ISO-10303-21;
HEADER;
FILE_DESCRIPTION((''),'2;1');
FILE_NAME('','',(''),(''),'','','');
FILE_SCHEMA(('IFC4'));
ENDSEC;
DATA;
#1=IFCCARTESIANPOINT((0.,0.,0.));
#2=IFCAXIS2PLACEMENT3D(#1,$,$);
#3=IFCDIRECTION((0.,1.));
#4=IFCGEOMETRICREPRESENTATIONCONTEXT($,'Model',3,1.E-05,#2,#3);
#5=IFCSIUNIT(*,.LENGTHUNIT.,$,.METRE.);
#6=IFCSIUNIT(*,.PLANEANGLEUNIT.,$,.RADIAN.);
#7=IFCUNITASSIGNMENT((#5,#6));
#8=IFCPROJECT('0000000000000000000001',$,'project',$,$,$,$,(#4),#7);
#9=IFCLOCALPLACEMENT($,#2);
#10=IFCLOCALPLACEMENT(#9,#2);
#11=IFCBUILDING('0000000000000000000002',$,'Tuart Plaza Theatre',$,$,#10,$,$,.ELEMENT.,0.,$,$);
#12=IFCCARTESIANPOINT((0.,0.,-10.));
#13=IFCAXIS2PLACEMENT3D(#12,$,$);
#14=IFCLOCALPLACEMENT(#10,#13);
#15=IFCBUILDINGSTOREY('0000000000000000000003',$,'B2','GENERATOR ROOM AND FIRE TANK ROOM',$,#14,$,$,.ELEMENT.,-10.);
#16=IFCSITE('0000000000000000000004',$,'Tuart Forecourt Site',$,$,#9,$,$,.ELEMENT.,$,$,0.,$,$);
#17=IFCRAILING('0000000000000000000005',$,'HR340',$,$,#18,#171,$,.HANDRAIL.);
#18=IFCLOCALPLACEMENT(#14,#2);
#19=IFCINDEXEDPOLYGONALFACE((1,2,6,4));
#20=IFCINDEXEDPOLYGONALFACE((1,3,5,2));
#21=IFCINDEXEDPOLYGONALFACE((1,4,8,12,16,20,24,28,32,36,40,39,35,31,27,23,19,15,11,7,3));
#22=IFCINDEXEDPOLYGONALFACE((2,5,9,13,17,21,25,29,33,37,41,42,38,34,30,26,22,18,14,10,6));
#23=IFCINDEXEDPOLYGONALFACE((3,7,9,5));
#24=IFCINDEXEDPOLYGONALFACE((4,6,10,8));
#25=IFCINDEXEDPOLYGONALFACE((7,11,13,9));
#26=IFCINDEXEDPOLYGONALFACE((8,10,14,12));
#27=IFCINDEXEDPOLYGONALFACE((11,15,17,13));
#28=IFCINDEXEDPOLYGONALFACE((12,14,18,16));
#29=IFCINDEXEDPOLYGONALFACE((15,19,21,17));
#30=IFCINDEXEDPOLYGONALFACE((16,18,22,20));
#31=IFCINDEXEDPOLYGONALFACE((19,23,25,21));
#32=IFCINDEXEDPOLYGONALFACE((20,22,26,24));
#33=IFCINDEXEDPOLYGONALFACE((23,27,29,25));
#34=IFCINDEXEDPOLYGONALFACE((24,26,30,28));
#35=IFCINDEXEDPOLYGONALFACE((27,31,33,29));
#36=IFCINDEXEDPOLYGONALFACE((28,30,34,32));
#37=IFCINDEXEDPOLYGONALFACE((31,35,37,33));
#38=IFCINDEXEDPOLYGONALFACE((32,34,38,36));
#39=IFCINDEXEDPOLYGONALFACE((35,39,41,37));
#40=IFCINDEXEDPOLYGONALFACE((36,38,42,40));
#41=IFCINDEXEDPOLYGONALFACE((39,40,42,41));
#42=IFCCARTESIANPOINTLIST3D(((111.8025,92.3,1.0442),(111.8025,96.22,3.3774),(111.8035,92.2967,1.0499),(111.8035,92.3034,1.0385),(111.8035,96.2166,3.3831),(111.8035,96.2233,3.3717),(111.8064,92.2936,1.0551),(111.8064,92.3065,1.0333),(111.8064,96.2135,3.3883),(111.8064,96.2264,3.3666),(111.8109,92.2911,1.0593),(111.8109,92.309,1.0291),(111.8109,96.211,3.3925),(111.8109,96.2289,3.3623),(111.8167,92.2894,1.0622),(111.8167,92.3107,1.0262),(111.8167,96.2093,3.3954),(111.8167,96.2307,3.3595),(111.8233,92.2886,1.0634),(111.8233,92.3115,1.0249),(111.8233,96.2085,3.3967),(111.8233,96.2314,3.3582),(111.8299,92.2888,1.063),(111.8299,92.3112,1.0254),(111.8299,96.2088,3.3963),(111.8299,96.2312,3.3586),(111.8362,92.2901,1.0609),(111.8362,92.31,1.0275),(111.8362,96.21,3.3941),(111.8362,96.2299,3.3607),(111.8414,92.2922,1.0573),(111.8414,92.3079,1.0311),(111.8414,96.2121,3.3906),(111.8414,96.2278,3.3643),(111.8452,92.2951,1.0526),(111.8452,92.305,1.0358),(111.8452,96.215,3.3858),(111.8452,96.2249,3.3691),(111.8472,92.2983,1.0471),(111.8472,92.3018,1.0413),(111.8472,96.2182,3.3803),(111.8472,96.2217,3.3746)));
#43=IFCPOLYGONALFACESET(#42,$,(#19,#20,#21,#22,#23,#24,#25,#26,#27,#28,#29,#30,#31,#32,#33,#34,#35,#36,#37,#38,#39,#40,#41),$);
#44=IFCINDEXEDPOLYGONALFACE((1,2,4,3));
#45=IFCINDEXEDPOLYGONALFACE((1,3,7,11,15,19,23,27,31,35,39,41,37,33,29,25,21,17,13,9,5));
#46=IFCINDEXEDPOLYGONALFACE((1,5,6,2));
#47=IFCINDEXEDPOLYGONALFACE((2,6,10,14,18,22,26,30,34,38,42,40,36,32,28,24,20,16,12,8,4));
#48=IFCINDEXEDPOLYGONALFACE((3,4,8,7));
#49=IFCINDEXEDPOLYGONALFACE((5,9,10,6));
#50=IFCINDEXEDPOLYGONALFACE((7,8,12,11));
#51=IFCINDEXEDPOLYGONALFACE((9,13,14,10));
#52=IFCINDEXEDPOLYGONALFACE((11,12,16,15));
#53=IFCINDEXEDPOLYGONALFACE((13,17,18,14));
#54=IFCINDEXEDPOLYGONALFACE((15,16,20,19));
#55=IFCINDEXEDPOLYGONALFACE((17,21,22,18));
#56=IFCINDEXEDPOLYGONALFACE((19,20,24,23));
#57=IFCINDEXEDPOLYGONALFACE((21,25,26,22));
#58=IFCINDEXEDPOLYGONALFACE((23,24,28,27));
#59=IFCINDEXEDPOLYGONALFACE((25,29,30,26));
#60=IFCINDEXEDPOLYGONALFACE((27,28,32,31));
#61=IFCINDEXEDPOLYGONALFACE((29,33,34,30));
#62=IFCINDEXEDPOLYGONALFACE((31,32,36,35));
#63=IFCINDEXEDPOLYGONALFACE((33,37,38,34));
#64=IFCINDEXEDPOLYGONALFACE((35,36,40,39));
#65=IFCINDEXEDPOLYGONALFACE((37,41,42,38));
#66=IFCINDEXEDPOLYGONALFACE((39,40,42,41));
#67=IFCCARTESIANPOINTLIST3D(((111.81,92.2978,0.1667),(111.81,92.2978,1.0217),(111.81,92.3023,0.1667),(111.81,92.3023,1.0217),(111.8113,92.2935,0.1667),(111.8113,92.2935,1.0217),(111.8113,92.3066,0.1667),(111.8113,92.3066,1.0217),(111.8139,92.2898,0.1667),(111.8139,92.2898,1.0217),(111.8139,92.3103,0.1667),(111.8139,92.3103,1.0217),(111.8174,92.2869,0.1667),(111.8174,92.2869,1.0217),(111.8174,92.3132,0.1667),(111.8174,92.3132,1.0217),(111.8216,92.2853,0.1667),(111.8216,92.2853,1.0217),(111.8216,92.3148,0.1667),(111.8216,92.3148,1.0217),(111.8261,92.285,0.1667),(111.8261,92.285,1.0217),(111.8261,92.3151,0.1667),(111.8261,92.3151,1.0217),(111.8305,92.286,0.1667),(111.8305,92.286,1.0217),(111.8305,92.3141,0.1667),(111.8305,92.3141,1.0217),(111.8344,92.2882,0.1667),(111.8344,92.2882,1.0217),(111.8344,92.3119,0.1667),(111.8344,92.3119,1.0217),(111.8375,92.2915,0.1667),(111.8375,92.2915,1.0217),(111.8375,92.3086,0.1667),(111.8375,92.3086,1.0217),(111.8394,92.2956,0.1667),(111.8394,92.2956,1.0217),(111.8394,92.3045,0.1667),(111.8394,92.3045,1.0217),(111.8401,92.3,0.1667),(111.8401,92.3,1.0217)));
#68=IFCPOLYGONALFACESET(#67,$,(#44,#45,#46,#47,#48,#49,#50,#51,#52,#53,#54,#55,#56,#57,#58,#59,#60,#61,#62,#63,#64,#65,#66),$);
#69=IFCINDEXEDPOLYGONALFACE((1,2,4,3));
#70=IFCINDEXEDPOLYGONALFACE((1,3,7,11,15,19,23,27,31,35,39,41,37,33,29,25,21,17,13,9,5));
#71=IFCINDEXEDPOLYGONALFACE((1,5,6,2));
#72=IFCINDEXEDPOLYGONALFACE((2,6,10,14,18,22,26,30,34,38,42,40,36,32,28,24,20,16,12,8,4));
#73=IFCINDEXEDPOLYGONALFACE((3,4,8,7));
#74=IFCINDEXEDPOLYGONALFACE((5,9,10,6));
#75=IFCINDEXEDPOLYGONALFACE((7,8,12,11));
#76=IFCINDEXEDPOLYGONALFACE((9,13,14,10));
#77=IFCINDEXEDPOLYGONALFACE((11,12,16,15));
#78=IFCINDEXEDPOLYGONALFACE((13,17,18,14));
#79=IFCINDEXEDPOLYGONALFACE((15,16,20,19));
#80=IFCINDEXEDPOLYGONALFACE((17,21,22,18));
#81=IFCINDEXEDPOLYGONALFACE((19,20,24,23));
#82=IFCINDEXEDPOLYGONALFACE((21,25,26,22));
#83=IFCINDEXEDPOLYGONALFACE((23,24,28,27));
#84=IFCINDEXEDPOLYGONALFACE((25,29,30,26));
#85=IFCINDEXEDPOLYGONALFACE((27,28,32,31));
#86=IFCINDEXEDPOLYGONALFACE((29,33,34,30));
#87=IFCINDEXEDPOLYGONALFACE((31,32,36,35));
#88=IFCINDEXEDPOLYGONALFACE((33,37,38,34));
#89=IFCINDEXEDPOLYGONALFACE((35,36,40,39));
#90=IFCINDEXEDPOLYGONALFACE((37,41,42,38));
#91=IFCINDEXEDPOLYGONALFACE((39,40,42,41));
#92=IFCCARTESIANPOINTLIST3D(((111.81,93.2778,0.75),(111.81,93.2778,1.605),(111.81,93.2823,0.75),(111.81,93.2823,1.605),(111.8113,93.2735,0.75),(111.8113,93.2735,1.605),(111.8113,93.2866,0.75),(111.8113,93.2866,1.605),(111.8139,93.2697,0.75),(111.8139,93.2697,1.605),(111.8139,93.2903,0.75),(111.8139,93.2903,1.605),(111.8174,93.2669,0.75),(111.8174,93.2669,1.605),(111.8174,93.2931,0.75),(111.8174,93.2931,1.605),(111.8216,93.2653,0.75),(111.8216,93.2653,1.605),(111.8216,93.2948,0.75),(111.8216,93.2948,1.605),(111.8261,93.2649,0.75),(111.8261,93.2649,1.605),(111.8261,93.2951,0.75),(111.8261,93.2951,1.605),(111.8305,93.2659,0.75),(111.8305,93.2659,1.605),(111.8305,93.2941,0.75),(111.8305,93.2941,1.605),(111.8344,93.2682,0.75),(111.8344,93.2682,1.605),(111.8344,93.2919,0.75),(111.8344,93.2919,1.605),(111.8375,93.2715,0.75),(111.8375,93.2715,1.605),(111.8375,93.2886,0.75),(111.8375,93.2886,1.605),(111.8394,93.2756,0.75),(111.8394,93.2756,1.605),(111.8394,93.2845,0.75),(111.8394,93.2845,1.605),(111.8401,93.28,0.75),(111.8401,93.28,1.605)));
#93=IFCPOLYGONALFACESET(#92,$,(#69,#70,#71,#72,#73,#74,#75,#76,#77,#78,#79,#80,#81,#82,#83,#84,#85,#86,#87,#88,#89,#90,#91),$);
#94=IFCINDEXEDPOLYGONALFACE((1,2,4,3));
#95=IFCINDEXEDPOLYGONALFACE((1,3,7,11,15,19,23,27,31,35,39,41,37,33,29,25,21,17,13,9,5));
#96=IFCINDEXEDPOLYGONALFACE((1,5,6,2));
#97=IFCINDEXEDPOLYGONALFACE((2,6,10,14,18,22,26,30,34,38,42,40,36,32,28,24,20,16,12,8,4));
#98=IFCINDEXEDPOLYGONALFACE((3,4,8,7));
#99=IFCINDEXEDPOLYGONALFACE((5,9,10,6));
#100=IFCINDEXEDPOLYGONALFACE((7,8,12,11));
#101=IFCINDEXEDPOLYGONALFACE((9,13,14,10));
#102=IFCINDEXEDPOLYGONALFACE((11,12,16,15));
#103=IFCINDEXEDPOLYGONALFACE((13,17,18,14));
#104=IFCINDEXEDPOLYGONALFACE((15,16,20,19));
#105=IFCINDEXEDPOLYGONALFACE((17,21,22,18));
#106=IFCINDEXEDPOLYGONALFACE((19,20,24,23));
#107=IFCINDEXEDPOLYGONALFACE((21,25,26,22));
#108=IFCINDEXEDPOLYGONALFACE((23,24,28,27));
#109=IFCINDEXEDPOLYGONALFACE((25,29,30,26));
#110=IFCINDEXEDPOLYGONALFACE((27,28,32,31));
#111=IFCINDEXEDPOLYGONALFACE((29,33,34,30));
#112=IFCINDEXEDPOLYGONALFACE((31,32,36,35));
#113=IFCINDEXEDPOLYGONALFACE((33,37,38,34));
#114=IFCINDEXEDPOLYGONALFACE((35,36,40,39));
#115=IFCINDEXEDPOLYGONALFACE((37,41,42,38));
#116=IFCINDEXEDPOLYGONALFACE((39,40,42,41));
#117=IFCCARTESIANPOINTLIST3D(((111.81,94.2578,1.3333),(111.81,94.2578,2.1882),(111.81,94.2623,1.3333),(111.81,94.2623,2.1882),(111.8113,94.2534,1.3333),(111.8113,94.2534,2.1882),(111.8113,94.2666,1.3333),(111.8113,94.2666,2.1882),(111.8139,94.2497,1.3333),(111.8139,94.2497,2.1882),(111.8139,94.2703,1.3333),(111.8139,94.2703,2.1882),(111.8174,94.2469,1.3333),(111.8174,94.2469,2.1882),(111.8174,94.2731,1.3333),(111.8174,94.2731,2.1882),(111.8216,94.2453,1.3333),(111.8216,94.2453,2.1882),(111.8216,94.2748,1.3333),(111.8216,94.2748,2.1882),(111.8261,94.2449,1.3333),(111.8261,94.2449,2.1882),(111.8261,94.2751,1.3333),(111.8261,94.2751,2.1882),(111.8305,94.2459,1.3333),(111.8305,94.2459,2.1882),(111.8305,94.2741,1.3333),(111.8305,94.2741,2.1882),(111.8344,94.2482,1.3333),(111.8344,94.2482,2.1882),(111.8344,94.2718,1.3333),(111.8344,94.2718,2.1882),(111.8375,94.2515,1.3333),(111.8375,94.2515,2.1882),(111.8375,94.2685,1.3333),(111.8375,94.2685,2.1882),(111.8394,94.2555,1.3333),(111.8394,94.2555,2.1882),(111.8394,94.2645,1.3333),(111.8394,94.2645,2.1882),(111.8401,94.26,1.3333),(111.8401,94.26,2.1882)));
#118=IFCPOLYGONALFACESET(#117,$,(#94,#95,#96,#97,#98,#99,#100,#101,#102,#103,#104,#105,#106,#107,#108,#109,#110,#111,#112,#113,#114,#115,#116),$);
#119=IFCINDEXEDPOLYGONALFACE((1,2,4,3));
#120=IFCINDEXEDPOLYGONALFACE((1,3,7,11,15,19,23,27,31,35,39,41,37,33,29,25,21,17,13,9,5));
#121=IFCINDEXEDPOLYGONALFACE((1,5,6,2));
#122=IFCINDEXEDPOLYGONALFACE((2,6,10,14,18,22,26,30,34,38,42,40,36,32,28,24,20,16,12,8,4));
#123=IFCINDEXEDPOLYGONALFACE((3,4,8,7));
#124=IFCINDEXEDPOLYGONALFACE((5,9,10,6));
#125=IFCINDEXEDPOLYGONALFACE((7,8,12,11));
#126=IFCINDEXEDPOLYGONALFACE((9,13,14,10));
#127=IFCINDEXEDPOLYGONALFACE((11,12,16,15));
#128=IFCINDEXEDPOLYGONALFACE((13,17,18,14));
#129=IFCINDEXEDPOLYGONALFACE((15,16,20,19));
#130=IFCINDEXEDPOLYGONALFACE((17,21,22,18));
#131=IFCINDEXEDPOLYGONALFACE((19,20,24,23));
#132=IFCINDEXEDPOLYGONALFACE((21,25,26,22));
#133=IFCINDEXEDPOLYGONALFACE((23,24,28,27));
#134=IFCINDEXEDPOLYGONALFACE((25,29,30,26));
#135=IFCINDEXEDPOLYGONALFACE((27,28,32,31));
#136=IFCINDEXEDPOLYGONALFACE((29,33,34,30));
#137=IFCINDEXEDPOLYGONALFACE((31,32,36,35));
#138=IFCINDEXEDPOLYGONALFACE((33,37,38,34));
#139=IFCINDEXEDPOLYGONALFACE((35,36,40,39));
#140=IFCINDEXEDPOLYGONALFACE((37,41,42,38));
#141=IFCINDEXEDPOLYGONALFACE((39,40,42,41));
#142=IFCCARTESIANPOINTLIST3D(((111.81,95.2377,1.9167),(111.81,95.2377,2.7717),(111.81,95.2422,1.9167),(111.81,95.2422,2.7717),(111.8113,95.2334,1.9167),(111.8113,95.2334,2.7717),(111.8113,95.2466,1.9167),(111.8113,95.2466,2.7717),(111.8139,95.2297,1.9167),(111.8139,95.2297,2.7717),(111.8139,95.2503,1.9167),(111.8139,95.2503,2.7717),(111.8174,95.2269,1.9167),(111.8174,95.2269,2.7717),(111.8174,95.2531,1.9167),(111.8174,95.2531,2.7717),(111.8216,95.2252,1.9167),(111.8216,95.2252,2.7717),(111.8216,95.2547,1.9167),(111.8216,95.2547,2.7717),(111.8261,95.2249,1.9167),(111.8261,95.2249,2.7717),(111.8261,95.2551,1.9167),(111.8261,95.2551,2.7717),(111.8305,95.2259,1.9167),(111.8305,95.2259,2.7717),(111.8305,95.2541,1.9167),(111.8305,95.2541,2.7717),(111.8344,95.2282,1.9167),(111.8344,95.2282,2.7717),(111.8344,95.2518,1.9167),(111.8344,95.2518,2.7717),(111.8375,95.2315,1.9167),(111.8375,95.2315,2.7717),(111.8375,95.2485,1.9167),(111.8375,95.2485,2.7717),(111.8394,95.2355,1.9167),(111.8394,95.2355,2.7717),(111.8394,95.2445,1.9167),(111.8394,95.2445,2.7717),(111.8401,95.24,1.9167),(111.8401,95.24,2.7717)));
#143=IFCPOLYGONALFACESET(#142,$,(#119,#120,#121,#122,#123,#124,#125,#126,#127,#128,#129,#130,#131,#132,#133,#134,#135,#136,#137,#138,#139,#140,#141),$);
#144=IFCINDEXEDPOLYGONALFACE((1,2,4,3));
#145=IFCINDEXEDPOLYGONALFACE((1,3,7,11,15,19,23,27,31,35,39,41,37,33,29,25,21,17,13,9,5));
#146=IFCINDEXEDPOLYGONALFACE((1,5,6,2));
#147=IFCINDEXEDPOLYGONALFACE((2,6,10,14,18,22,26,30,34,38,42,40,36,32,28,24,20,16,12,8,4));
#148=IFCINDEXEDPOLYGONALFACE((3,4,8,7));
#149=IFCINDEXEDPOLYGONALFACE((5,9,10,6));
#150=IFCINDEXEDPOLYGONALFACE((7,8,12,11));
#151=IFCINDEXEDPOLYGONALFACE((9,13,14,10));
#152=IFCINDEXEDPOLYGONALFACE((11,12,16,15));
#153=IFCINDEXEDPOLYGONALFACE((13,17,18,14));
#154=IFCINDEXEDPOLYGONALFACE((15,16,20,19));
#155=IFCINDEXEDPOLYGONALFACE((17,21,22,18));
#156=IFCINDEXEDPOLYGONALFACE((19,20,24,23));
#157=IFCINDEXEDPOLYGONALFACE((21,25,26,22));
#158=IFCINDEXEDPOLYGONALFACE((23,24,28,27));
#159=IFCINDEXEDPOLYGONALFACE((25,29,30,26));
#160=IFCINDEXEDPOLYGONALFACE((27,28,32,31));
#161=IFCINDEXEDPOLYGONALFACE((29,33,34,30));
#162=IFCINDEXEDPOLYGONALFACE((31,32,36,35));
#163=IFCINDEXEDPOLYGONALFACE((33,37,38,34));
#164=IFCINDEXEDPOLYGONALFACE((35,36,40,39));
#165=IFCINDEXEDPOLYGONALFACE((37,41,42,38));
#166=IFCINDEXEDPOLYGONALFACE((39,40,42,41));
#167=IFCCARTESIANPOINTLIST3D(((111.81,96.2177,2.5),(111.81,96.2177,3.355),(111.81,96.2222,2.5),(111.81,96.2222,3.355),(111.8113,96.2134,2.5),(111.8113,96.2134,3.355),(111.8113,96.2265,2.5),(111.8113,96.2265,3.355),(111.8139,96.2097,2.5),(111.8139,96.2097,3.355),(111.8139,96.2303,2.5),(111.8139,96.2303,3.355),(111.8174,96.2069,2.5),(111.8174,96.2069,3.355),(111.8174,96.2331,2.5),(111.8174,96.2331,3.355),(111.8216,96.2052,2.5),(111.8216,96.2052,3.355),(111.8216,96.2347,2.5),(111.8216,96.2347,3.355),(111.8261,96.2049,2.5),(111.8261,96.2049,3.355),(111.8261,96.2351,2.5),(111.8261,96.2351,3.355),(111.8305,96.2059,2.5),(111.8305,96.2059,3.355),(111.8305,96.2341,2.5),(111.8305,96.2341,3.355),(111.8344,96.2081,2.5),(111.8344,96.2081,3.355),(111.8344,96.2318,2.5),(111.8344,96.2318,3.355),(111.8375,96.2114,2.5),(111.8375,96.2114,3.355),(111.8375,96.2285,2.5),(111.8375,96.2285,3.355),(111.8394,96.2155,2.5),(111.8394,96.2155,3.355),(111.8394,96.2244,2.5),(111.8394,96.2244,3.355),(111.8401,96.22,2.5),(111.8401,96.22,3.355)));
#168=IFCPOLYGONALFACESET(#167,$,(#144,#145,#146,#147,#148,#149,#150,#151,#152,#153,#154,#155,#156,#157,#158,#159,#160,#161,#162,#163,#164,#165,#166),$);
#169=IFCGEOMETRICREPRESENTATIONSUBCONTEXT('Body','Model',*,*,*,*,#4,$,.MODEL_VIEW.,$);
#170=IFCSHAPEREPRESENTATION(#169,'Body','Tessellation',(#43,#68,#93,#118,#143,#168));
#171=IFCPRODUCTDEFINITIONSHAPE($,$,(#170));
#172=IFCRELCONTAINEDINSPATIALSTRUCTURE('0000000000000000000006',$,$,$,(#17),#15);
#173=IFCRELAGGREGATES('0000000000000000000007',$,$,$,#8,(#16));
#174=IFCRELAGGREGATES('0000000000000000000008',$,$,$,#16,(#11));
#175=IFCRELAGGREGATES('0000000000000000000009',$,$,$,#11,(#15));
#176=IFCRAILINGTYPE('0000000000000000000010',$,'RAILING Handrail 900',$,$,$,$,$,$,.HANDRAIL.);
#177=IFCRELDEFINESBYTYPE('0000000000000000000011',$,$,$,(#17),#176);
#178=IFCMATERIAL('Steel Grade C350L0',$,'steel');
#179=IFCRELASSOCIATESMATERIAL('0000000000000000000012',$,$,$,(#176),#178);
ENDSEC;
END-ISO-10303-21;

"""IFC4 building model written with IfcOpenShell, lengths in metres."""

from ifc_helpers import new_model, si_unit, direction, frame, origin, origin_2d, place, context, subcontext, project, spatial, circle, extrude, material, type_object, element, save


model = new_model("IFC4")

# Units and contexts
model_context = context("Model", 3, precision=1e-05, world=origin(), true_north=direction((0.0, 1.0)))
body_context = subcontext(model_context, "Body", "Model", "MODEL_VIEW")
ifc_project = project(units=[si_unit("LENGTHUNIT", "METRE"), si_unit("PLANEANGLEUNIT", "RADIAN")], contexts=[model_context])

# Site, building, storey
site_placement = place(None, origin())
site = spatial("IfcSite", under=ifc_project, at=site_placement, Name="Tuart Forecourt Site", CompositionType="ELEMENT", RefElevation=0.0)
building_placement = place(site_placement, origin())
building = spatial("IfcBuilding", under=site, at=building_placement, Name="Tuart Plaza Theatre", CompositionType="ELEMENT", ElevationOfRefHeight=0.0)
storey_placement = place(building_placement, frame((0.0, 0.0, -10.0)))
storey = spatial("IfcBuildingStorey", under=building, at=storey_placement, Name="B2", Description="GENERATOR ROOM AND FIRE TANK ROOM", CompositionType="ELEMENT", Elevation=-10.0)

# Railing
ifc_material_1 = material(Name="Steel Grade C350L0", Category="steel")
railing_type_1 = type_object("IfcRailingType", Name="RAILING Handrail 900", PredefinedType="HANDRAIL", material=ifc_material_1)
for number, where, name in (
    (1, (111.825, 92.3, 0.1667), "HR340"),
):
    element("IfcRailing", number, at=place(storey_placement, frame(where)), inside=storey, type_object=railing_type_1, Name=name, PredefinedType="HANDRAIL", context=body_context, shape_type="SweptSolid", body=[
        extrude(circle(Radius=0.0225, at=origin_2d()), frame((0.0, 0.0, 0.8774), z_axis=(0.0, 0.859296, 0.511478), x_axis=(-1.0, 0.0, 0.0)), (0.0, 0.0, 1.0), 4.5618),
        extrude(circle(Radius=0.0151, at=origin_2d()), origin(), (0.0, 0.0, 1.0), 0.855),
        extrude(circle(Radius=0.0151, at=origin_2d()), frame((0.0, 0.98, 0.5833)), (0.0, 0.0, 1.0), 0.855),
        extrude(circle(Radius=0.0151, at=origin_2d()), frame((0.0, 1.96, 1.1665)), (0.0, 0.0, 1.0), 0.855),
        extrude(circle(Radius=0.0151, at=origin_2d()), frame((0.0, 2.9399, 1.75)), (0.0, 0.0, 1.0), 0.855),
        extrude(circle(Radius=0.0151, at=origin_2d()), frame((0.0, 3.9199, 2.3333)), (0.0, 0.0, 1.0), 0.855),
    ])

save(model, "model.ifc")
